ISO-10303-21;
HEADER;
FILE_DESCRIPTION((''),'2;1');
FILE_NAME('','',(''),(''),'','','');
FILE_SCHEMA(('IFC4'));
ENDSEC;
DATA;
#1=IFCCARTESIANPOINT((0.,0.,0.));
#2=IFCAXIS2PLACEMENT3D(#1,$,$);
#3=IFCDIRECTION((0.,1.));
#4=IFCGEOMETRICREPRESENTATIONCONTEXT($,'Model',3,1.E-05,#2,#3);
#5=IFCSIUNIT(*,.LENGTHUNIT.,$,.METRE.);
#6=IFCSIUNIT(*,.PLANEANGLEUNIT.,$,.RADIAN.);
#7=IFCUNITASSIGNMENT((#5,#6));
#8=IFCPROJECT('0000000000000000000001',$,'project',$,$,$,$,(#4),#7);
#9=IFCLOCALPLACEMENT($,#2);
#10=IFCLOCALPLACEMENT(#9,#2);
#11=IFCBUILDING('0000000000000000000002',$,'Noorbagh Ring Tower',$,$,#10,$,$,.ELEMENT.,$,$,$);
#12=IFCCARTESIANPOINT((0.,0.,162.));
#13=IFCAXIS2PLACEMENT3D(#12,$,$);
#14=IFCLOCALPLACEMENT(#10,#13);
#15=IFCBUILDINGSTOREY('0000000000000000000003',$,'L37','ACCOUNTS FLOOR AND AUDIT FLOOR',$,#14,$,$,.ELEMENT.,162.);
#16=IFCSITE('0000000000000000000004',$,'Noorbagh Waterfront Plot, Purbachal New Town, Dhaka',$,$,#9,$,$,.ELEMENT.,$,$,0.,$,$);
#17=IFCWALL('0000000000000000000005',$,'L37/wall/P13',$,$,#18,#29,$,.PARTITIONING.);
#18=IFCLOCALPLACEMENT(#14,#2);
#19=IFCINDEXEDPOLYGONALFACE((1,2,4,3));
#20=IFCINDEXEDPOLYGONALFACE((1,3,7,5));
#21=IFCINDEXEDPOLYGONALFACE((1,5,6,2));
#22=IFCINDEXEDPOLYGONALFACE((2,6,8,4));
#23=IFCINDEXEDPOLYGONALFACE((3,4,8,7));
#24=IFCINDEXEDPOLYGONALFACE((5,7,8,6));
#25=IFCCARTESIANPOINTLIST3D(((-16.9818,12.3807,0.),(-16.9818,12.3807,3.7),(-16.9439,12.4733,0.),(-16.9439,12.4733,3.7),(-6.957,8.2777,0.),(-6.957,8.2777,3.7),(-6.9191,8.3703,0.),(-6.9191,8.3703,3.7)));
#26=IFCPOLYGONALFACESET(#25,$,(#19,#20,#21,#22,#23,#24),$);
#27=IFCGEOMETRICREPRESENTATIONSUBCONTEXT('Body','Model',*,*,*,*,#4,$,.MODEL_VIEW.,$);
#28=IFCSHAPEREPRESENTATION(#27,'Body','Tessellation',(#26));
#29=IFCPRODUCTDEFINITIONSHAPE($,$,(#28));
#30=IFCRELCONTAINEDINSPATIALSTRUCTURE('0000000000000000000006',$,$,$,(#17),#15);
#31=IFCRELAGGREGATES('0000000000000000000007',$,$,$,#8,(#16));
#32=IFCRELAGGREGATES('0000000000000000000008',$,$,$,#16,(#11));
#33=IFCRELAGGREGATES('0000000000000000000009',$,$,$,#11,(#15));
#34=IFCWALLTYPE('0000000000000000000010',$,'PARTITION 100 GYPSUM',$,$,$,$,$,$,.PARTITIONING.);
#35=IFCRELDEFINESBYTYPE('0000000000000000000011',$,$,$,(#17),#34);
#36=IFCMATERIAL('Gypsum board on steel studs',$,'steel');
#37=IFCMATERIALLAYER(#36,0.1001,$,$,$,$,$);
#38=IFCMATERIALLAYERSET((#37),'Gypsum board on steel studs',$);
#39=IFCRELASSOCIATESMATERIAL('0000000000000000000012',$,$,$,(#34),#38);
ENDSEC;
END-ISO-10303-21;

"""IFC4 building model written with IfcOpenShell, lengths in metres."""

from ifc_helpers import new_model, si_unit, direction, frame, frame_2d, origin, place, context, subcontext, project, spatial, rectangle, extrude, material, layer, layer_set, type_object, element, save


model = new_model("IFC4")

# Units and contexts
model_context = context("Model", 3, precision=1e-05, world=origin(), true_north=direction((0.0, 1.0)))
body_context = subcontext(model_context, "Body", "Model", "MODEL_VIEW")
ifc_project = project(units=[si_unit("LENGTHUNIT", "METRE"), si_unit("PLANEANGLEUNIT", "RADIAN")], contexts=[model_context])

# Site, building, storey
site_placement = place(None, origin())
site = spatial("IfcSite", under=ifc_project, at=site_placement, Name="Noorbagh Waterfront Plot, Purbachal New Town, Dhaka", CompositionType="ELEMENT", RefElevation=0.0)
building_placement = place(site_placement, origin())
building = spatial("IfcBuilding", under=site, at=building_placement, Name="Noorbagh Ring Tower", CompositionType="ELEMENT")
storey_placement = place(building_placement, frame((0.0, 0.0, 162.0)))
storey = spatial("IfcBuildingStorey", under=building, at=storey_placement, Name="L37", Description="ACCOUNTS FLOOR AND AUDIT FLOOR", CompositionType="ELEMENT", Elevation=162.0)

# Wall
ifc_material_1 = material(Name="Gypsum board on steel studs", Category="steel")
ifc_layer_1 = layer(ifc_material_1, 0.1001)
ifc_layer_set_1 = layer_set([ifc_layer_1], Name="Gypsum board on steel studs")
wall_type_1 = type_object("IfcWallType", Name="PARTITION 100 GYPSUM", PredefinedType="PARTITIONING", material=ifc_layer_set_1)
wall_1_placement = place(storey_placement, frame((-16.9629, 12.427, 0.0), z_axis=(0.0, 0.0, 1.0), x_axis=(0.925484, -0.378786, 0.0)))
element("IfcWall", 1, at=wall_1_placement, inside=storey, type_object=wall_type_1, Name="L37/wall/P13", PredefinedType="PARTITIONING", context=body_context, shape_type="SweptSolid", body=[
    extrude(rectangle(XDim=10.832, YDim=0.1001, at=frame_2d((5.416, 0.0))), origin(), (0.0, 0.0, 1.0), 3.7),
])

save(model, "model.ifc")
